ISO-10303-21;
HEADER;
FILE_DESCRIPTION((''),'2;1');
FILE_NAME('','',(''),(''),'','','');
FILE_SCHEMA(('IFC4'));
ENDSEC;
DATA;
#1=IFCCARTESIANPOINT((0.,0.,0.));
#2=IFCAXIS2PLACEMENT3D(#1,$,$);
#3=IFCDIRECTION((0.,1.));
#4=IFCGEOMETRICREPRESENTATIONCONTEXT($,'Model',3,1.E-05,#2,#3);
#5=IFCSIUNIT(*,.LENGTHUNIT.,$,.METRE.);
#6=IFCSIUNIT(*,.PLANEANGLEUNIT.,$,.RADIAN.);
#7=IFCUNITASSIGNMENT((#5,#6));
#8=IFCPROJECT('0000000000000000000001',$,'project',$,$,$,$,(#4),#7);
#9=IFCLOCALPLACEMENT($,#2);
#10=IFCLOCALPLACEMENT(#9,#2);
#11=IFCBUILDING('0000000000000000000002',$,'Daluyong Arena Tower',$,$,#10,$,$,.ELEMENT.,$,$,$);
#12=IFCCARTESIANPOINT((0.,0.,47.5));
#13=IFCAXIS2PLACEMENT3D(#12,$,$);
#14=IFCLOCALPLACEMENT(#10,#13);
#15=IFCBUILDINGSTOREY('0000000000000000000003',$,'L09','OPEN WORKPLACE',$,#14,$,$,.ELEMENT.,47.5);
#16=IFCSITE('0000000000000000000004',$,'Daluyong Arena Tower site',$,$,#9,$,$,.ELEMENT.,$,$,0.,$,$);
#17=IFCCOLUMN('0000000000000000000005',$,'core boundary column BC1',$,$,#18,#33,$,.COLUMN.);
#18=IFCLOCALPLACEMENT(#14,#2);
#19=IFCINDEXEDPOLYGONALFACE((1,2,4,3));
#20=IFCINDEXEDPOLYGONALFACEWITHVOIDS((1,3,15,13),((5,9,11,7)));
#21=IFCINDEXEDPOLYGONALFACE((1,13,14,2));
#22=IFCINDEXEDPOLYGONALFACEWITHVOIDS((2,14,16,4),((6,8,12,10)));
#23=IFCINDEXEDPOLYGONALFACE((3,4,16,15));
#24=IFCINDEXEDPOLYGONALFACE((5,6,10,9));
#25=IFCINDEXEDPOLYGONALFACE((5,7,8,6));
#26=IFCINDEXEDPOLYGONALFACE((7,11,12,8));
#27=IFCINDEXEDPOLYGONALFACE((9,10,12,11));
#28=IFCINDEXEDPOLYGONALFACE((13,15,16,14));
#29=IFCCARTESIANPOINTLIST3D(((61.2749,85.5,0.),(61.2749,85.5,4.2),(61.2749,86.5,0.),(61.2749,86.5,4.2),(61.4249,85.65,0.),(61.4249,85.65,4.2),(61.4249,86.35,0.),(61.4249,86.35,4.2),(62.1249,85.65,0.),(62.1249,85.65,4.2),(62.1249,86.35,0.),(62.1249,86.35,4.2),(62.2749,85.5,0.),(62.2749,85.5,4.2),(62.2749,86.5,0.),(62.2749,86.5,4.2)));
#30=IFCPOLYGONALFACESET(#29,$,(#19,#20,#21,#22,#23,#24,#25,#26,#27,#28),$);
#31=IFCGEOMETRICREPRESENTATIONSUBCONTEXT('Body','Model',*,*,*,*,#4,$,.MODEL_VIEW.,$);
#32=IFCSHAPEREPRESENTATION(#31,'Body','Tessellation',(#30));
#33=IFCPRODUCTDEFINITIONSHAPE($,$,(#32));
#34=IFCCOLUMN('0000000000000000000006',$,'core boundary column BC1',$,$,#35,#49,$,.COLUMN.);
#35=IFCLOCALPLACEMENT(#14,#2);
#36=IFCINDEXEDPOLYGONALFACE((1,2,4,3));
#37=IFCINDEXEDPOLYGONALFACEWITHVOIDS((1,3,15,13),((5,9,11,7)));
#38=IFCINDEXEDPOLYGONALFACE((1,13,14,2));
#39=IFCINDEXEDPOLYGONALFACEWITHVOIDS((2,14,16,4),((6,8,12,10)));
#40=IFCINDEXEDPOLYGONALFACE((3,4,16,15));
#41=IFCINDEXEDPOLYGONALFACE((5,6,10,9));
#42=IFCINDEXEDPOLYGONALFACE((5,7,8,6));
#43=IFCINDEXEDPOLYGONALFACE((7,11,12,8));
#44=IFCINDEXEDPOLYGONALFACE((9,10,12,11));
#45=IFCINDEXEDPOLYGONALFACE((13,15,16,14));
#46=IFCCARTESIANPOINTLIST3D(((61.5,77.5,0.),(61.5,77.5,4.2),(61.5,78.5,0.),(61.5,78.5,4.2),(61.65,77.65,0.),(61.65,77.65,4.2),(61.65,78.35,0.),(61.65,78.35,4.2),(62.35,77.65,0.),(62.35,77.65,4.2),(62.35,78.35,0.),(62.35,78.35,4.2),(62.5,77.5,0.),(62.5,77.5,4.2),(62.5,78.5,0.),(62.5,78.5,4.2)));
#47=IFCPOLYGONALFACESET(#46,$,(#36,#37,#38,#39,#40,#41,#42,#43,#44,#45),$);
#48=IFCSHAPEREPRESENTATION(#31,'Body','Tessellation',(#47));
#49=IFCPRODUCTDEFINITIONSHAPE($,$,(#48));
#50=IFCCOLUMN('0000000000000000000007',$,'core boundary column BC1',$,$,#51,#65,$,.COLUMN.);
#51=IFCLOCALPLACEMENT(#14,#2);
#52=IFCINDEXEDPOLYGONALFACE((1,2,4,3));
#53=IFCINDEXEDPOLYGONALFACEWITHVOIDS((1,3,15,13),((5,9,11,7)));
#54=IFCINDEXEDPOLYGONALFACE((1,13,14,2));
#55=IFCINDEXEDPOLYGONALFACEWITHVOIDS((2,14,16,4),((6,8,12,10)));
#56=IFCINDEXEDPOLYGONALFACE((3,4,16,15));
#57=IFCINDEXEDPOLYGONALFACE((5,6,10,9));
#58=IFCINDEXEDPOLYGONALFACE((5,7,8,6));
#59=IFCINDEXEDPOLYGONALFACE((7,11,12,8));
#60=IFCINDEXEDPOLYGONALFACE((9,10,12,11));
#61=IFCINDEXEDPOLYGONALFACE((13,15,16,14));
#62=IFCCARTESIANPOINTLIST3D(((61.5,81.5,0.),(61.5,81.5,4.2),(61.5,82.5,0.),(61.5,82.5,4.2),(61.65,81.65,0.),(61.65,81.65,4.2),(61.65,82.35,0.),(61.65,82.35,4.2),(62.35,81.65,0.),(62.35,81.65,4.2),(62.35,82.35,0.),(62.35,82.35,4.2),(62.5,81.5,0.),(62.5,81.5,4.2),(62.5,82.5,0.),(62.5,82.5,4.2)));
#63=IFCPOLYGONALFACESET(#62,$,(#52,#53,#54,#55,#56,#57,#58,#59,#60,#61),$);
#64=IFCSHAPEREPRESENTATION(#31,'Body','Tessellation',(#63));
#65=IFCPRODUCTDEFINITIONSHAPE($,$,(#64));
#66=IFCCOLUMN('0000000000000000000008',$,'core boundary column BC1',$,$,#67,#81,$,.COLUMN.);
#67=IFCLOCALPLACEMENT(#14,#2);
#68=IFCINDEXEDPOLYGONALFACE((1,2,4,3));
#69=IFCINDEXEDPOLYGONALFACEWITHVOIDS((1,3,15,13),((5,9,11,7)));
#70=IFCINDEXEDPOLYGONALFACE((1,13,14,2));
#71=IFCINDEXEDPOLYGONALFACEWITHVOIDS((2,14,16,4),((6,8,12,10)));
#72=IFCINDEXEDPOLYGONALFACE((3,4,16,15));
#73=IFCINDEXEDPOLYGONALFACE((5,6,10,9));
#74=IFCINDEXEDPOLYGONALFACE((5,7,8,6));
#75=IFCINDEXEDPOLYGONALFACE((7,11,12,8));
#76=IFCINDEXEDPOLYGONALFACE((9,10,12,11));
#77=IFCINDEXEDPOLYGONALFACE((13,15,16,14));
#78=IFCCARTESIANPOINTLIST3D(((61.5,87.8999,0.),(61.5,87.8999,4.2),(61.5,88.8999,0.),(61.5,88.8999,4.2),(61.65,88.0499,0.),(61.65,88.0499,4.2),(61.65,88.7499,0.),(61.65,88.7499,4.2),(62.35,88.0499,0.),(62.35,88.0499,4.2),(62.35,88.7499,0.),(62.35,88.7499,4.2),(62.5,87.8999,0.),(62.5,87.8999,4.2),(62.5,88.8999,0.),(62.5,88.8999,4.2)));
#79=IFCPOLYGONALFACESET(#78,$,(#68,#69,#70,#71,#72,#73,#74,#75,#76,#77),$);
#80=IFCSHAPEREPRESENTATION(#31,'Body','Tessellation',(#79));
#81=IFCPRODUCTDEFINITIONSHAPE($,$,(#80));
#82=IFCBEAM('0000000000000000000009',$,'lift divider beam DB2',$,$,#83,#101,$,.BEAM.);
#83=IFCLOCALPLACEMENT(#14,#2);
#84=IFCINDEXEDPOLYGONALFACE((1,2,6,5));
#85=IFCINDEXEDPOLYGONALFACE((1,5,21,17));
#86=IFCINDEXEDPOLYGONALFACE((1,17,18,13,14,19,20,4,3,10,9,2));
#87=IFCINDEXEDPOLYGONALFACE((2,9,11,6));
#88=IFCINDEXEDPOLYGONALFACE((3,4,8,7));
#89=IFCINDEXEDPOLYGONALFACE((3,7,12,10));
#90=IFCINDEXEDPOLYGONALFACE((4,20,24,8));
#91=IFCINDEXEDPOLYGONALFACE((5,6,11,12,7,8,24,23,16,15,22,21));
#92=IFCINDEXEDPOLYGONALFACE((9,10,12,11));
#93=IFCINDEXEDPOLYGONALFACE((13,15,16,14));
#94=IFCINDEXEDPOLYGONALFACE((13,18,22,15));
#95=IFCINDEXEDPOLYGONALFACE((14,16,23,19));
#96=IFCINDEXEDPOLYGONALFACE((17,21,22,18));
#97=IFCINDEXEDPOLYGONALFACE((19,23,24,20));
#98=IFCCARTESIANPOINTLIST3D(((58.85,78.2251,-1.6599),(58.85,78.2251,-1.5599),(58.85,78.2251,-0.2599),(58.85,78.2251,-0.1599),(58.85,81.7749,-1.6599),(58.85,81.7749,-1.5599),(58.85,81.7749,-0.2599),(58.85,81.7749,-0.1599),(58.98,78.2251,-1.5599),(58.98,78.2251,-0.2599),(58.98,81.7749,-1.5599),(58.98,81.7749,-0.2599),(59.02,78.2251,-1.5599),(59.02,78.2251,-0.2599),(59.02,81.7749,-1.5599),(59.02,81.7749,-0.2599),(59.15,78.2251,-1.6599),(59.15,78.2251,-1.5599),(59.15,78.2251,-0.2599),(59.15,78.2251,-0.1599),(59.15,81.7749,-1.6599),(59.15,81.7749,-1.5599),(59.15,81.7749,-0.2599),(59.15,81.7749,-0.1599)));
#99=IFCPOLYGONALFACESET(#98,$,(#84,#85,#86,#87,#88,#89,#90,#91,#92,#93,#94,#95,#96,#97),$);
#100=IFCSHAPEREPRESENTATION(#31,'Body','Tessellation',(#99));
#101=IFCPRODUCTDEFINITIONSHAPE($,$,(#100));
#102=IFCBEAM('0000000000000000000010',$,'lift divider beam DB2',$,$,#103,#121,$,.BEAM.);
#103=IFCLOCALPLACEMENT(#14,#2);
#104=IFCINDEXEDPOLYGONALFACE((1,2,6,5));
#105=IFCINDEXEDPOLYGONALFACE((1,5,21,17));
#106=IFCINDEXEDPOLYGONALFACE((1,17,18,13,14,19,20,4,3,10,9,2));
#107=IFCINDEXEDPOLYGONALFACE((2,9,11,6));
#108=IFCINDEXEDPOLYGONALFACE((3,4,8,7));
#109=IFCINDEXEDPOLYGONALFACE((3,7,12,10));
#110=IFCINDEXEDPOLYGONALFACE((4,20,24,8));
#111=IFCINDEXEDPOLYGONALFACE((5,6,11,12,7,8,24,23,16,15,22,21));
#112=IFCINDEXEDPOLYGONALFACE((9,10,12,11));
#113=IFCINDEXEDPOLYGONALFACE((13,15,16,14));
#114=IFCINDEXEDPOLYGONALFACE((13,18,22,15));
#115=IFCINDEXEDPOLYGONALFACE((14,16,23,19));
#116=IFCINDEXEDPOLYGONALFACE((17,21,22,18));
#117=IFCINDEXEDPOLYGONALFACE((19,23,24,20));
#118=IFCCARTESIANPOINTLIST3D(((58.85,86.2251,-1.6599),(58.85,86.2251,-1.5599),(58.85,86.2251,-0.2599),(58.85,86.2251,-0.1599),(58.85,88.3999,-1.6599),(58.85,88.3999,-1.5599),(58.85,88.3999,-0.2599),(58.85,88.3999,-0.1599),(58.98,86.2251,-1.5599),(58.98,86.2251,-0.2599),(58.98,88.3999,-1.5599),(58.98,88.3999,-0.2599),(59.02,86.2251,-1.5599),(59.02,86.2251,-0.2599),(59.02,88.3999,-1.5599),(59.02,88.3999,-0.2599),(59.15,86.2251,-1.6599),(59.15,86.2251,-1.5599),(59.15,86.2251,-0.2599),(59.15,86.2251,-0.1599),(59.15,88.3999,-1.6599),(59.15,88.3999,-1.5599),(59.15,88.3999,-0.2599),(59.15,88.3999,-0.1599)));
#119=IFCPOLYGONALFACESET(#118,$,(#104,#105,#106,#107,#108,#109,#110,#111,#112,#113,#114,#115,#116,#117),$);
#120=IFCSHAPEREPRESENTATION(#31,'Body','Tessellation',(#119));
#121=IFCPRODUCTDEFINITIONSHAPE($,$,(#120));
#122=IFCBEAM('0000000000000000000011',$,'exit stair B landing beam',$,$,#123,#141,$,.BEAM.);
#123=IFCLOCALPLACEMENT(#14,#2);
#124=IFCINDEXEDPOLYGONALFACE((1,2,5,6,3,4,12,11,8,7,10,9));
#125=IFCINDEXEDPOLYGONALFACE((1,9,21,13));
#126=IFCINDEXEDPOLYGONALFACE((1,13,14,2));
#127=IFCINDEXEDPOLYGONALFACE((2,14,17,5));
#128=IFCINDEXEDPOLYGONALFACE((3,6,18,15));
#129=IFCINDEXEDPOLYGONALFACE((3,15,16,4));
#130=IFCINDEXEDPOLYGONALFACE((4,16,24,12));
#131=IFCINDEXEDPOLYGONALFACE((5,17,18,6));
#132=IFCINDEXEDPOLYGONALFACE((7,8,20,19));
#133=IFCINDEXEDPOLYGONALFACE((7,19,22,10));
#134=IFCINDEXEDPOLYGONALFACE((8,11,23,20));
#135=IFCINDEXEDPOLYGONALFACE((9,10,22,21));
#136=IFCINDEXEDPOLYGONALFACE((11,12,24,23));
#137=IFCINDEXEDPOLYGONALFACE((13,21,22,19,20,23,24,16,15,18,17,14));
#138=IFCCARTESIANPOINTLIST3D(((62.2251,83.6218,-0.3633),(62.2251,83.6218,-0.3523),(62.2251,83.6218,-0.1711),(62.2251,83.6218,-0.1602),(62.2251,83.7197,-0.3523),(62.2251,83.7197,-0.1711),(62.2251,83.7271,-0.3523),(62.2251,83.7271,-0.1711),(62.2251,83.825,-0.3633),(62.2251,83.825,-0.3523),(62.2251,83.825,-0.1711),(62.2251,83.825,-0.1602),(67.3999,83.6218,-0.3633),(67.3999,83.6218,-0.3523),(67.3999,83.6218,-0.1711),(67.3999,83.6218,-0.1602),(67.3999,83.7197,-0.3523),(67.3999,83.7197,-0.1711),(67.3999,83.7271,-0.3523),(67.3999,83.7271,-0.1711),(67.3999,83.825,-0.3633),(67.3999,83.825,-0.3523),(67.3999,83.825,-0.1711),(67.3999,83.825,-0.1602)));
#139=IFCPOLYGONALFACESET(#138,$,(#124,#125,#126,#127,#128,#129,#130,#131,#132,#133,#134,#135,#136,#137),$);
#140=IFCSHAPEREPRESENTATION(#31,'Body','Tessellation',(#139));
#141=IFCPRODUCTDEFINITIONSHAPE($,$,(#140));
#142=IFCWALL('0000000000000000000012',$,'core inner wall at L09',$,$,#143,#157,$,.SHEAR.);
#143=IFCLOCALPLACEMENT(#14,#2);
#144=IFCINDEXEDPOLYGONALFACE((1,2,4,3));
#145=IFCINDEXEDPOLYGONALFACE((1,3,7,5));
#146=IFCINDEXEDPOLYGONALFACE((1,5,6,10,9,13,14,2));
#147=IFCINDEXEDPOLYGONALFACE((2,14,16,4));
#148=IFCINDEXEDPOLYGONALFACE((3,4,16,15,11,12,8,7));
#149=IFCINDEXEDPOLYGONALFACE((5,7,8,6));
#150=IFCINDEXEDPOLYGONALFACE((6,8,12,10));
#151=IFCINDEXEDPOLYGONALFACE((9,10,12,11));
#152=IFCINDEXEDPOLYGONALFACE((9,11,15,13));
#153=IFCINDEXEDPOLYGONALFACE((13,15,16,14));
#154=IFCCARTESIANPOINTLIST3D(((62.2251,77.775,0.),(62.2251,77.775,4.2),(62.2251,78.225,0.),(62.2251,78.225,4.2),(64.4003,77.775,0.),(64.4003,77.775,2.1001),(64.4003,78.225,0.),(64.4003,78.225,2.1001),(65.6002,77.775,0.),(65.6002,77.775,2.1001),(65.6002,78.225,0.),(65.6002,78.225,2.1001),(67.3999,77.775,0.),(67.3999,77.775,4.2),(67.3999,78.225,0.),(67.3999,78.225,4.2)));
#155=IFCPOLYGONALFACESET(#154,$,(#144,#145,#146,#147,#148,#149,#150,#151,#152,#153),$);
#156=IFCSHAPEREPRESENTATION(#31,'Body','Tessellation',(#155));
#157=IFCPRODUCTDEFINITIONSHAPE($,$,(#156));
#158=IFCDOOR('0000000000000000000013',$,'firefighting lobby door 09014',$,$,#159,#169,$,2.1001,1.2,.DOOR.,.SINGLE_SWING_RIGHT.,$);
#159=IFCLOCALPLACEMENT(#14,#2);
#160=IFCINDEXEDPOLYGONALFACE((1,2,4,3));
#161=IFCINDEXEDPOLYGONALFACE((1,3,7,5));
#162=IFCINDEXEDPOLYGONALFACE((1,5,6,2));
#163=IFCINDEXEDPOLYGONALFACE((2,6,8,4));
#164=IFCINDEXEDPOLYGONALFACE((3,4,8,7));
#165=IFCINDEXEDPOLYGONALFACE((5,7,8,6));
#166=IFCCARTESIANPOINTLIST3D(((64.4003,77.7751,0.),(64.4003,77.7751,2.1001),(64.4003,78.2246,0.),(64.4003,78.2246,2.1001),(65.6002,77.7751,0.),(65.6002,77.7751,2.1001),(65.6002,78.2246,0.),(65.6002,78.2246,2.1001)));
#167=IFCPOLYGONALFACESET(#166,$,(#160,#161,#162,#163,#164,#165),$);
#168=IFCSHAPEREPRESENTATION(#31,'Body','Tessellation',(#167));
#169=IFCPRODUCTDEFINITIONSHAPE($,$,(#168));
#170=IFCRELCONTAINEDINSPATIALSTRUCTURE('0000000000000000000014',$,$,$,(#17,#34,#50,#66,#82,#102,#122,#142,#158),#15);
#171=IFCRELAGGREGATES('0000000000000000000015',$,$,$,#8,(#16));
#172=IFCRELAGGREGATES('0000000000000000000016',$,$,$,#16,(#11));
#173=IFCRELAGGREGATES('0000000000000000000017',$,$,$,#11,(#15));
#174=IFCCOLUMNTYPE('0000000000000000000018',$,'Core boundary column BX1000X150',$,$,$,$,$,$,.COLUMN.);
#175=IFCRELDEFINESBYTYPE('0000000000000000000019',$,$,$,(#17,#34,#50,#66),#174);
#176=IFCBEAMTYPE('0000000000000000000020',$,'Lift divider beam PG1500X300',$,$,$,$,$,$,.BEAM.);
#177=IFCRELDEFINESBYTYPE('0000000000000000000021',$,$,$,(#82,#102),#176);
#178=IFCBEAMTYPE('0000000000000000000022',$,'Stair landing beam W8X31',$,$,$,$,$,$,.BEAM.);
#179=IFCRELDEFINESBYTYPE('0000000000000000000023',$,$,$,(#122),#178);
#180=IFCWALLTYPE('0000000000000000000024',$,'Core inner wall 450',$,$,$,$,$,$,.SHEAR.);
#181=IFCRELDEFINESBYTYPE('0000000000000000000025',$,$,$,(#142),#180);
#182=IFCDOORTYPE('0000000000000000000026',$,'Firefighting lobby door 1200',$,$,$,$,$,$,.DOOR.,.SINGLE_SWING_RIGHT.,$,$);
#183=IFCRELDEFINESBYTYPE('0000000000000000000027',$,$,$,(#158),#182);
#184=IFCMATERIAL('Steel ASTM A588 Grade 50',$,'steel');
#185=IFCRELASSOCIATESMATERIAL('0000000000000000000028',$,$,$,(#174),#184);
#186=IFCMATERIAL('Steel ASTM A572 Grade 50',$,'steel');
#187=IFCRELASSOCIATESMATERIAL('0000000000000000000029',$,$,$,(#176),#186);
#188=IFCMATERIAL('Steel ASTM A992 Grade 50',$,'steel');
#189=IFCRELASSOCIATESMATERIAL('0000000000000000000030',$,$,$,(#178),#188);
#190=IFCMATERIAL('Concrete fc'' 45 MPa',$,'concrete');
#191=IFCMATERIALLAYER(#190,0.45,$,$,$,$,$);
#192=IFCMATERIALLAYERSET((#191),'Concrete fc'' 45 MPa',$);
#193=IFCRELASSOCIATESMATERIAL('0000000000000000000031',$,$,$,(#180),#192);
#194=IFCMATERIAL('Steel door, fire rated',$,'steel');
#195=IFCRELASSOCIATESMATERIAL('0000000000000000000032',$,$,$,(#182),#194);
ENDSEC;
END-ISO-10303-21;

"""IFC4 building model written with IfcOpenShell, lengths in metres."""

from ifc_helpers import new_model, si_unit, direction, frame, frame_2d, origin, origin_2d, place, context, subcontext, project, spatial, rectangle, hollow_rectangle, i_section, extrude, material, layer, layer_set, material_profile, profile_set, type_object, element, fill, save


model = new_model("IFC4")

# Units and contexts
model_context = context("Model", 3, precision=1e-05, world=origin(), true_north=direction((0.0, 1.0)))
body_context = subcontext(model_context, "Body", "Model", "MODEL_VIEW")
ifc_project = project(units=[si_unit("LENGTHUNIT", "METRE"), si_unit("PLANEANGLEUNIT", "RADIAN")], contexts=[model_context])

# Site, building, storey
site_placement = place(None, origin())
site = spatial("IfcSite", under=ifc_project, at=site_placement, Name="Daluyong Arena Tower site", CompositionType="ELEMENT", RefElevation=0.0)
building_placement = place(site_placement, origin())
building = spatial("IfcBuilding", under=site, at=building_placement, Name="Daluyong Arena Tower", CompositionType="ELEMENT")
storey_placement = place(building_placement, frame((0.0, 0.0, 47.5)))
storey = spatial("IfcBuildingStorey", under=building, at=storey_placement, Name="L09", Description="OPEN WORKPLACE", CompositionType="ELEMENT", Elevation=47.5)

# Columns
ifc_material_1 = material(Name="Steel ASTM A588 Grade 50", Category="steel")
ifc_material_profile_1 = material_profile(ifc_material_1, hollow_rectangle(XDim=1.0, YDim=1.0, WallThickness=0.15, at=origin_2d()))
ifc_profile_set_1 = profile_set([ifc_material_profile_1], Name="Steel ASTM A588 Grade 50")
column_type = type_object("IfcColumnType", Name="Core boundary column BX1000X150", PredefinedType="COLUMN", material=ifc_profile_set_1)
for number, where, z_axis, x_axis, name in (
    (1, (61.7749, 86.0, 0.0), (0.0, 0.0, 1.0), (1.0, 0.0, 0.0), "core boundary column BC1"),
    (2, (62.0, 78.0, 0.0), (0.0, 0.0, 1.0), (1.0, 0.0, 0.0), "core boundary column BC1"),
    (3, (62.0, 82.0, 0.0), (0.0, 0.0, 1.0), (1.0, 0.0, 0.0), "core boundary column BC1"),
    (4, (62.0, 88.3999, 0.0), (0.0, 0.0, 1.0), (1.0, 0.0, 0.0), "core boundary column BC1"),
):
    element("IfcColumn", number, at=place(storey_placement, frame(where, z_axis=z_axis, x_axis=x_axis)), inside=storey, type_object=column_type, Name=name, PredefinedType="COLUMN", context=body_context, shape_type="SweptSolid", body=[
        extrude(hollow_rectangle(XDim=1.0, YDim=1.0, WallThickness=0.15, at=origin_2d()), origin(), (0.0, 0.0, 1.0), 4.2),
    ])

# Beams
ifc_material_2 = material(Name="Steel ASTM A572 Grade 50", Category="steel")
ifc_material_profile_2 = material_profile(ifc_material_2, i_section(OverallWidth=0.3, OverallDepth=1.5, WebThickness=0.04, FlangeThickness=0.1, at=origin_2d()))
ifc_profile_set_2 = profile_set([ifc_material_profile_2], Name="Steel ASTM A572 Grade 50")
beam_type_1 = type_object("IfcBeamType", Name="Lift divider beam PG1500X300", PredefinedType="BEAM", material=ifc_profile_set_2)
beam_1_placement = place(storey_placement, frame((59.0, 78.2251, -0.9099), z_axis=(0.0, 1.0, 0.0), x_axis=(-1.0, 0.0, 0.0)))
element("IfcBeam", 5, at=beam_1_placement, inside=storey, type_object=beam_type_1, Name="lift divider beam DB2", PredefinedType="BEAM", context=body_context, shape_type="SweptSolid", body=[
    extrude(i_section(OverallWidth=0.3, OverallDepth=1.5, WebThickness=0.04, FlangeThickness=0.1, at=origin_2d()), origin(), (0.0, 0.0, 1.0), 3.5498),
])
beam_2_placement = place(storey_placement, frame((59.0, 86.2251, -0.9099), z_axis=(0.0, 1.0, 0.0), x_axis=(-1.0, 0.0, 0.0)))
element("IfcBeam", 6, at=beam_2_placement, inside=storey, type_object=beam_type_1, Name="lift divider beam DB2", PredefinedType="BEAM", context=body_context, shape_type="SweptSolid", body=[
    extrude(i_section(OverallWidth=0.3, OverallDepth=1.5, WebThickness=0.04, FlangeThickness=0.1, at=origin_2d()), origin(), (0.0, 0.0, 1.0), 2.1748),
])
ifc_material_3 = material(Name="Steel ASTM A992 Grade 50", Category="steel")
ifc_material_profile_3 = material_profile(ifc_material_3, i_section(OverallWidth=0.2031, OverallDepth=0.2031, WebThickness=0.0073, FlangeThickness=0.011, at=origin_2d()))
ifc_profile_set_3 = profile_set([ifc_material_profile_3], Name="Steel ASTM A992 Grade 50")
beam_type_2 = type_object("IfcBeamType", Name="Stair landing beam W8X31", PredefinedType="BEAM", material=ifc_profile_set_3)
beam_3_placement = place(storey_placement, frame((62.2251, 83.7234, -0.2617), z_axis=(1.0, 0.0, 0.0), x_axis=(0.0, 1.0, 0.0)))
element("IfcBeam", 7, at=beam_3_placement, inside=storey, type_object=beam_type_2, Name="exit stair B landing beam", PredefinedType="BEAM", context=body_context, shape_type="SweptSolid", body=[
    extrude(i_section(OverallWidth=0.2031, OverallDepth=0.2031, WebThickness=0.0073, FlangeThickness=0.011, at=origin_2d()), origin(), (0.0, 0.0, 1.0), 5.1748),
])

# Wall, opening, door
ifc_material_4 = material(Name="Concrete fc' 45 MPa", Category="concrete")
ifc_layer_1 = layer(ifc_material_4, 0.45)
ifc_layer_set_1 = layer_set([ifc_layer_1], Name="Concrete fc' 45 MPa")
wall_type_1 = type_object("IfcWallType", Name="Core inner wall 450", PredefinedType="SHEAR", material=ifc_layer_set_1)
wall_1_placement = place(storey_placement, frame((62.2251, 78.0, 0.0), z_axis=(0.0, 0.0, 1.0), x_axis=(1.0, 0.0, 0.0)))
wall_1 = element("IfcWall", 8, at=wall_1_placement, inside=storey, type_object=wall_type_1, Name="core inner wall at L09", PredefinedType="SHEAR", context=body_context, shape_type="SweptSolid", body=[
    extrude(rectangle(XDim=5.1748, YDim=0.45, at=frame_2d((2.5874, 0.0))), origin(), (0.0, 0.0, 1.0), 4.2),
])
opening_1_placement = place(wall_1_placement, frame((2.175, 0.0, 0.0)))
opening_1 = element("IfcOpeningElement", 9, at=opening_1_placement, cuts=wall_1, PredefinedType="OPENING", context=body_context, shape_type="SweptSolid", body=[
    extrude(rectangle(XDim=1.2, YDim=2.1001, at=frame_2d((0.6001, 1.05))), frame((0.0, 0.2349, 0.0), z_axis=(0.0, -1.0, 0.0), x_axis=(1.0, 0.0, 0.0)), (0.0, 0.0, 1.0), 0.47),
])
ifc_material_5 = material(Name="Steel door, fire rated", Category="steel")
door_type_1 = type_object("IfcDoorType", Name="Firefighting lobby door 1200", OperationType="SINGLE_SWING_RIGHT", PredefinedType="DOOR", material=ifc_material_5)
door_1_placement = place(opening_1_placement, origin())
door_1 = element("IfcDoor", 10, at=door_1_placement, inside=storey, type_object=door_type_1, Name="firefighting lobby door 09014", OperationType="SINGLE_SWING_RIGHT", OverallHeight=2.1001, OverallWidth=1.2, PredefinedType="DOOR", context=body_context, shape_type="SweptSolid", body=[
    extrude(rectangle(XDim=1.2, YDim=2.1001, at=frame_2d((0.6001, 1.05))), frame((0.0, 0.2246, 0.0), z_axis=(0.0, -1.0, 0.0), x_axis=(1.0, 0.0, 0.0)), (0.0, 0.0, 1.0), 0.4495),
])
fill(opening_1, door_1)

save(model, "model.ifc")
